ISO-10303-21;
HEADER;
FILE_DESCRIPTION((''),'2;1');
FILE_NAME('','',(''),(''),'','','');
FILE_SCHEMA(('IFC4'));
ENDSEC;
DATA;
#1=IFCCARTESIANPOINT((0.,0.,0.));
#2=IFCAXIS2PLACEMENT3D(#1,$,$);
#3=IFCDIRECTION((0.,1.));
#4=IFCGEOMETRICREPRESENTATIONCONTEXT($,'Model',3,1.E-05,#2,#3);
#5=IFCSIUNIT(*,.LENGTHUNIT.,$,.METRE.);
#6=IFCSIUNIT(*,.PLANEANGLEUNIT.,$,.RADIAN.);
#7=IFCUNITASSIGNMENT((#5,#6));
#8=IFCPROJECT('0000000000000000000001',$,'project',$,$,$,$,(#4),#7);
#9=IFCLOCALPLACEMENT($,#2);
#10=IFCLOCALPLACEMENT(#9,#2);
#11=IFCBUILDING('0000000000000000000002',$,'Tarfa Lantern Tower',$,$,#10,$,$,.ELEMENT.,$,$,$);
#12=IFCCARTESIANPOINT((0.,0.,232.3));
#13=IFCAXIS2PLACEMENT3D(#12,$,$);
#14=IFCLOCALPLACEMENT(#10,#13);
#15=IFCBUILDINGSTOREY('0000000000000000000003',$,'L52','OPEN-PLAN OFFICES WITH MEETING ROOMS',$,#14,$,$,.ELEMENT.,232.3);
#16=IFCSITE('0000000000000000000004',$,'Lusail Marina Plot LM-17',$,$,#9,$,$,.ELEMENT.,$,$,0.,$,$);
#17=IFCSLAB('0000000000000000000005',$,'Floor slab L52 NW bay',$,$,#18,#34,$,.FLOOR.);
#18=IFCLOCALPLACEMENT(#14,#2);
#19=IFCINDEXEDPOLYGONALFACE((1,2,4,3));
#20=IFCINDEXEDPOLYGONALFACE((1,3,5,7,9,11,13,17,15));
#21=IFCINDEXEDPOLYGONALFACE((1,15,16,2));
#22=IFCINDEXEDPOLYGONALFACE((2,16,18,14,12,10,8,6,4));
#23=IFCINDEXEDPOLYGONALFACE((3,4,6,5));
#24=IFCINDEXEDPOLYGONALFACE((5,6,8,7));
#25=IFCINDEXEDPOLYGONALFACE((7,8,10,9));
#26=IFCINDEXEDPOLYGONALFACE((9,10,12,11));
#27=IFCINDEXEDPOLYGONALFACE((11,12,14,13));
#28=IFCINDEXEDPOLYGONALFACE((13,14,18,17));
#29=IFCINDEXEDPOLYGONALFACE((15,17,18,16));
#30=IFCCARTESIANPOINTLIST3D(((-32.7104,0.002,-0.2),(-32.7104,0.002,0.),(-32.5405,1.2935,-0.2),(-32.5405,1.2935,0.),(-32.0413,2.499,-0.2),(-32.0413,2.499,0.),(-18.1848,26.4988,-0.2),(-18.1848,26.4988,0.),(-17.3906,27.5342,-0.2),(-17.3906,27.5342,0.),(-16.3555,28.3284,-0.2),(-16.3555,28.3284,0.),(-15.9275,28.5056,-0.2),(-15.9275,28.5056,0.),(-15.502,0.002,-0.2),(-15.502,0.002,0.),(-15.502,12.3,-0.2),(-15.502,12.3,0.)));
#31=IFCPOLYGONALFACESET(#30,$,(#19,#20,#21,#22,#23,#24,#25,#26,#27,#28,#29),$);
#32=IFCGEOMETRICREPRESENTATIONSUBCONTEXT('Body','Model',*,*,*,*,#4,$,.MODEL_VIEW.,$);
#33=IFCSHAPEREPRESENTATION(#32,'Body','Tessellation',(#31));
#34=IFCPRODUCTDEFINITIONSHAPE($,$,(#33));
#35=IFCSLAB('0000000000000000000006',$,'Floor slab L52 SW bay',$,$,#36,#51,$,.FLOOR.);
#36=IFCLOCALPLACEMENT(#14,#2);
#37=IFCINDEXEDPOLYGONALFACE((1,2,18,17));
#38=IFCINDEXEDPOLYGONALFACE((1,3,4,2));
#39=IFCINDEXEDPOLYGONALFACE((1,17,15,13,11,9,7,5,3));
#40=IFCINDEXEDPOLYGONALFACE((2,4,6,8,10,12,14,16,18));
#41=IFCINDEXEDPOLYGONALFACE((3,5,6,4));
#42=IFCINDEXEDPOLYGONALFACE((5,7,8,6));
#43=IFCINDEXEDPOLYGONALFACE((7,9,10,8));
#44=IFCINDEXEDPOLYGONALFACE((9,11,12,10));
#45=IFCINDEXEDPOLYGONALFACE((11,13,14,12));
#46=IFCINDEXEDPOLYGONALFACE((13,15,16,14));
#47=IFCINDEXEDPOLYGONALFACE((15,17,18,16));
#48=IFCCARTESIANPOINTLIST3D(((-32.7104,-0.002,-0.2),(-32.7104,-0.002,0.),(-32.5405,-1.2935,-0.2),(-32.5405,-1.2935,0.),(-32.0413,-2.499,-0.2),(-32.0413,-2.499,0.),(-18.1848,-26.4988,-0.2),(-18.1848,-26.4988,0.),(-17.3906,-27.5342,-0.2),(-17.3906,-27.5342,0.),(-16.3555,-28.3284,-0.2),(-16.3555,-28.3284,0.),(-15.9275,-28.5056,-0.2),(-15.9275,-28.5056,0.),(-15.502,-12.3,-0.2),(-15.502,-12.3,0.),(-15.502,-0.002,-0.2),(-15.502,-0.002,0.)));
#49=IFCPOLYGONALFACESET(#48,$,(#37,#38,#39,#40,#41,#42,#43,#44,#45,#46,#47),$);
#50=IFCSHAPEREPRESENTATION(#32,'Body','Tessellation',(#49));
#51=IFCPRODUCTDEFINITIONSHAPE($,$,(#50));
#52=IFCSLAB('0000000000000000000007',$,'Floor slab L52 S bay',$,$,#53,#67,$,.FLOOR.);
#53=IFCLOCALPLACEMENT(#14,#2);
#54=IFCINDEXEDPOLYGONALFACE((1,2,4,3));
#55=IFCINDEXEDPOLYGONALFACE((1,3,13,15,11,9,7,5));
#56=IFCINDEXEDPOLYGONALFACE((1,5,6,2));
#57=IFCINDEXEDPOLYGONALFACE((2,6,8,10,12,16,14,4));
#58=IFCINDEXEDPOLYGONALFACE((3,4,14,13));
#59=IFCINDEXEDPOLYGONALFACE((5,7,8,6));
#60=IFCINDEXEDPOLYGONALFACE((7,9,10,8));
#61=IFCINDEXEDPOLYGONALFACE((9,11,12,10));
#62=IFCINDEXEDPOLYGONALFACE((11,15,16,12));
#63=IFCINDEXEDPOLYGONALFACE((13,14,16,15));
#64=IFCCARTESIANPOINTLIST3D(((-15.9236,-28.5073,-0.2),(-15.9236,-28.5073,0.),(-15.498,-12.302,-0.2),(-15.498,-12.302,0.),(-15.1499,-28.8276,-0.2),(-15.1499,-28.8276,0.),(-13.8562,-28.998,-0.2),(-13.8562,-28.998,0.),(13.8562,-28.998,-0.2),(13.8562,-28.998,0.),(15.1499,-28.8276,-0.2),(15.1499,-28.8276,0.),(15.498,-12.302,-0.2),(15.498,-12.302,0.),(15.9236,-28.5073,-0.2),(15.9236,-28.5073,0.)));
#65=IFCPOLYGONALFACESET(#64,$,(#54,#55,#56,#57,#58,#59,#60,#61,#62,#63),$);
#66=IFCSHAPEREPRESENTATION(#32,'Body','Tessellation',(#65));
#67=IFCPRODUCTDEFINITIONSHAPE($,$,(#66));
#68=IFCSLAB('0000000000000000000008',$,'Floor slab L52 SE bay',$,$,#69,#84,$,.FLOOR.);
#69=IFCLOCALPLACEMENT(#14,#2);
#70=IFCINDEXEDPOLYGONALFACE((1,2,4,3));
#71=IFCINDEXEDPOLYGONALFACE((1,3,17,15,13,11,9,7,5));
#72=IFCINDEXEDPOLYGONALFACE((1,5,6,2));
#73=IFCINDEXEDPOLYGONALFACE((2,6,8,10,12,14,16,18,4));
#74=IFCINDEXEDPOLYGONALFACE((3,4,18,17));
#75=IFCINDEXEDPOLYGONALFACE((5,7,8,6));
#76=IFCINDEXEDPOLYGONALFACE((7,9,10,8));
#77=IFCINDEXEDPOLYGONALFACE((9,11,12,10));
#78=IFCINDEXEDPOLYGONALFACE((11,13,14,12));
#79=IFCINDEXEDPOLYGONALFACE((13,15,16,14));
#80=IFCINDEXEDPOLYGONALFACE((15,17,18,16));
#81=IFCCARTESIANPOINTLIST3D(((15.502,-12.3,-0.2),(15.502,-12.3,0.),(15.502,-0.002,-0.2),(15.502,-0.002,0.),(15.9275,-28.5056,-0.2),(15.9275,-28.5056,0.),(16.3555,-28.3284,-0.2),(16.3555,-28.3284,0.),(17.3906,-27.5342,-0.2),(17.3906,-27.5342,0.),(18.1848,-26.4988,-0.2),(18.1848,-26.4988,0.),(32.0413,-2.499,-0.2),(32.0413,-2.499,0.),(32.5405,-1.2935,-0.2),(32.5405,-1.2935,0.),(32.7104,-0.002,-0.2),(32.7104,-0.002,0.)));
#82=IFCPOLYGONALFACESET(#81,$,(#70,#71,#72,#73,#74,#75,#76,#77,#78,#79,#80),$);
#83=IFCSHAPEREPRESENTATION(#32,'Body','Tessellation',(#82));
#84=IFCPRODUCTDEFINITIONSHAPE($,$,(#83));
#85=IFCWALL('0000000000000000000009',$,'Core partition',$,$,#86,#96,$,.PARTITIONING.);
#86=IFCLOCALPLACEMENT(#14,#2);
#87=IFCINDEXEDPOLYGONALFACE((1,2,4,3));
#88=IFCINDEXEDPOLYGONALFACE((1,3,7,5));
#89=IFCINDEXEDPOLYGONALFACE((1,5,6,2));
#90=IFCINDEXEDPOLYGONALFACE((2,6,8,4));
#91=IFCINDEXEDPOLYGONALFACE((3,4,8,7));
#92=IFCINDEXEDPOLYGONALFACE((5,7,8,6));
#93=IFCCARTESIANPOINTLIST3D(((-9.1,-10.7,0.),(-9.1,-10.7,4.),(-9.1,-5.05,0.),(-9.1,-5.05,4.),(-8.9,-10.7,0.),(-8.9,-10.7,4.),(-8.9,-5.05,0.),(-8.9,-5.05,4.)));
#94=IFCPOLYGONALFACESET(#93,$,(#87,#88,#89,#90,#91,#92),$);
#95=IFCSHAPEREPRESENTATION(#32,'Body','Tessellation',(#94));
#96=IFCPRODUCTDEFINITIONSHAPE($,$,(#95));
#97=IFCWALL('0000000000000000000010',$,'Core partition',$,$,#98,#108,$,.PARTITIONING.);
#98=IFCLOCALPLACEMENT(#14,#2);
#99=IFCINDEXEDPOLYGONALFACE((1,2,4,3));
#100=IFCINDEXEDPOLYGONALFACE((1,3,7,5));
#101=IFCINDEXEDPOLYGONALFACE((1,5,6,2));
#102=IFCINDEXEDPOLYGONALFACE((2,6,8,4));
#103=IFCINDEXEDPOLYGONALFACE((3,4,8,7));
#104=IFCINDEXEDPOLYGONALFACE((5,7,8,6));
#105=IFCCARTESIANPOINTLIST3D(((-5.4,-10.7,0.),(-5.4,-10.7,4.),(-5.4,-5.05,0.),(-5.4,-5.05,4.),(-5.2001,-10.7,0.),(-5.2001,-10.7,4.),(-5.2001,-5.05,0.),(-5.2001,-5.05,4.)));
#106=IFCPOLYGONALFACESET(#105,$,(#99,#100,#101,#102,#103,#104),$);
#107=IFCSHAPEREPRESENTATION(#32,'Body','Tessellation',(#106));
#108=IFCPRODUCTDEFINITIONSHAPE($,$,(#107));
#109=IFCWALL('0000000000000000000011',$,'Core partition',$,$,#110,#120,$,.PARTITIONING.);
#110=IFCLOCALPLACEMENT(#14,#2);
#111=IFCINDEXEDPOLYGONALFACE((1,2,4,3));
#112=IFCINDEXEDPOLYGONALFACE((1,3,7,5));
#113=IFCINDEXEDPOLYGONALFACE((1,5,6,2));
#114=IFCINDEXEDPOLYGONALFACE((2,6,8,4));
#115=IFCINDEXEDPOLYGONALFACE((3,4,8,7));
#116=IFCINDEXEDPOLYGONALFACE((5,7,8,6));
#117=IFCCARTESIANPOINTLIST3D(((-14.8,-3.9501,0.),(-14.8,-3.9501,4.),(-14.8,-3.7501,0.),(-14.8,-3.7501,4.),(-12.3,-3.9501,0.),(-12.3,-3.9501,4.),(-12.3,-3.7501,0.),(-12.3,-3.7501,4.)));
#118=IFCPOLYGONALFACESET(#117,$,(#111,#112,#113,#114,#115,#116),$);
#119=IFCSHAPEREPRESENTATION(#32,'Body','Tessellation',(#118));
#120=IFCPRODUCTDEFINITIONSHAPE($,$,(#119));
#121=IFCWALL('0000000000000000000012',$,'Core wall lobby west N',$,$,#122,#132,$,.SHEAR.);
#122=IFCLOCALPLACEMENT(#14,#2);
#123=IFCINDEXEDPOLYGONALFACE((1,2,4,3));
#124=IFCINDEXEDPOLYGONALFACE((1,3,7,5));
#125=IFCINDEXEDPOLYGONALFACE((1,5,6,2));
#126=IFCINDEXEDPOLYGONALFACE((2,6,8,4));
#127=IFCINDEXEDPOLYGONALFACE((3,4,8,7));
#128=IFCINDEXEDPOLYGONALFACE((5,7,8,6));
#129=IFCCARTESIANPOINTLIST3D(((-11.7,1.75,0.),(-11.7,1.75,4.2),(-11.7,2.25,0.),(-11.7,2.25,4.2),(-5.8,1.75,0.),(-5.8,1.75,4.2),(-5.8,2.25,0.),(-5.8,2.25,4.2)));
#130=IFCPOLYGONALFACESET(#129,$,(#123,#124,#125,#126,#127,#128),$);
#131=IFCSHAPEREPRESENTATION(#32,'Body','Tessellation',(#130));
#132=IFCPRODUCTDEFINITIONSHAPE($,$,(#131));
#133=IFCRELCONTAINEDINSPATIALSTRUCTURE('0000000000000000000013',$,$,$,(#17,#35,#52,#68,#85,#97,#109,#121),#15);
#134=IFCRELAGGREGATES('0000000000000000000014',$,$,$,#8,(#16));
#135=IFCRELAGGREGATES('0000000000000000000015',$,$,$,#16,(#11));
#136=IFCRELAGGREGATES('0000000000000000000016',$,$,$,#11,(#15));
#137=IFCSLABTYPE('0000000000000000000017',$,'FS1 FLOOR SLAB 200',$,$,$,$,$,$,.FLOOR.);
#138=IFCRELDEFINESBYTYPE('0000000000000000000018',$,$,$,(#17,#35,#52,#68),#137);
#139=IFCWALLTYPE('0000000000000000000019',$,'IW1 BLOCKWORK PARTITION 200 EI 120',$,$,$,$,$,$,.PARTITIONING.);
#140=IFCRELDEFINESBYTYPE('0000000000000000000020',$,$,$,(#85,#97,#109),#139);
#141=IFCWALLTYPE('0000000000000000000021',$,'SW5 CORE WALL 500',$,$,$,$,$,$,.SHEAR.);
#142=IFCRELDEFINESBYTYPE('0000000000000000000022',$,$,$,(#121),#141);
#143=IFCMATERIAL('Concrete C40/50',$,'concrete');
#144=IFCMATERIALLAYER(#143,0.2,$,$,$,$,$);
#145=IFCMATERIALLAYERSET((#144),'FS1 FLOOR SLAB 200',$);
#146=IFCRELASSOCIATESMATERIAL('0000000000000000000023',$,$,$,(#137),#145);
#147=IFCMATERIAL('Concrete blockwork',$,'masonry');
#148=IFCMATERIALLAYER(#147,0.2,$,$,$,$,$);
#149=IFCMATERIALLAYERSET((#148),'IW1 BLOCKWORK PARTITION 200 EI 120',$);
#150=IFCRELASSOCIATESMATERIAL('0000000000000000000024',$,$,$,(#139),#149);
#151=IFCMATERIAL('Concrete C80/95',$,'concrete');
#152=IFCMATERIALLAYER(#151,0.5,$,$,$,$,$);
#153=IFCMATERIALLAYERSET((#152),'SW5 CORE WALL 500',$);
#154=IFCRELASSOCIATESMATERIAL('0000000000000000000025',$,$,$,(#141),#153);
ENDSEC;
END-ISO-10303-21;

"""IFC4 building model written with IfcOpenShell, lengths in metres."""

from ifc_helpers import new_model, si_unit, direction, frame, frame_2d, origin, place, context, subcontext, project, spatial, polyline, rectangle, outline, extrude, material, layer, layer_set, type_object, element, save


model = new_model("IFC4")

# Units and contexts
model_context = context("Model", 3, precision=1e-05, world=origin(), true_north=direction((0.0, 1.0)))
body_context = subcontext(model_context, "Body", "Model", "MODEL_VIEW")
ifc_project = project(units=[si_unit("LENGTHUNIT", "METRE"), si_unit("PLANEANGLEUNIT", "RADIAN")], contexts=[model_context])

# Site, building, storey
site_placement = place(None, origin())
site = spatial("IfcSite", under=ifc_project, at=site_placement, Name="Lusail Marina Plot LM-17", CompositionType="ELEMENT", RefElevation=0.0)
building_placement = place(site_placement, origin())
building = spatial("IfcBuilding", under=site, at=building_placement, Name="Tarfa Lantern Tower", CompositionType="ELEMENT")
storey_placement = place(building_placement, frame((0.0, 0.0, 232.3)))
storey = spatial("IfcBuildingStorey", under=building, at=storey_placement, Name="L52", Description="OPEN-PLAN OFFICES WITH MEETING ROOMS", CompositionType="ELEMENT", Elevation=232.3)

# Slabs
ifc_material_1 = material(Name="Concrete C40/50", Category="concrete")
ifc_layer_1 = layer(ifc_material_1, 0.2)
ifc_layer_set_1 = layer_set([ifc_layer_1], Name="FS1 FLOOR SLAB 200")
slab_type_1 = type_object("IfcSlabType", Name="FS1 FLOOR SLAB 200", PredefinedType="FLOOR", material=ifc_layer_set_1)
slab_1_placement = place(storey_placement, frame((0.0, 0.0, -0.2)))
element("IfcSlab", 1, at=slab_1_placement, inside=storey, type_object=slab_type_1, Name="Floor slab L52 NW bay", PredefinedType="FLOOR", context=body_context, shape_type="SweptSolid", body=[
    extrude(outline(polyline([(-15.502, 0.002), (-15.502, 12.3), (-15.9275, 28.5056), (-16.3555, 28.3284), (-17.3906, 27.5342), (-18.1848, 26.4988), (-32.0413, 2.499), (-32.5405, 1.2935), (-32.7104, 0.002), (-15.502, 0.002)])), origin(), (0.0, 0.0, 1.0), 0.2),
])
slab_2_placement = place(storey_placement, frame((0.0, 0.0, -0.2)))
element("IfcSlab", 2, at=slab_2_placement, inside=storey, type_object=slab_type_1, Name="Floor slab L52 SW bay", PredefinedType="FLOOR", context=body_context, shape_type="SweptSolid", body=[
    extrude(outline(polyline([(-15.502, -12.3), (-15.502, -0.002), (-32.7104, -0.002), (-32.5405, -1.2935), (-32.0413, -2.499), (-18.1848, -26.4988), (-17.3906, -27.5342), (-16.3555, -28.3284), (-15.9275, -28.5056), (-15.502, -12.3)])), origin(), (0.0, 0.0, 1.0), 0.2),
])
slab_3_placement = place(storey_placement, frame((0.0, 0.0, -0.2)))
element("IfcSlab", 3, at=slab_3_placement, inside=storey, type_object=slab_type_1, Name="Floor slab L52 S bay", PredefinedType="FLOOR", context=body_context, shape_type="SweptSolid", body=[
    extrude(outline(polyline([(15.498, -12.302), (-15.498, -12.302), (-15.9236, -28.5073), (-15.1499, -28.8276), (-13.8562, -28.998), (13.8562, -28.998), (15.1499, -28.8276), (15.9236, -28.5073), (15.498, -12.302)])), origin(), (0.0, 0.0, 1.0), 0.2),
])
slab_4_placement = place(storey_placement, frame((0.0, 0.0, -0.2)))
element("IfcSlab", 4, at=slab_4_placement, inside=storey, type_object=slab_type_1, Name="Floor slab L52 SE bay", PredefinedType="FLOOR", context=body_context, shape_type="SweptSolid", body=[
    extrude(outline(polyline([(15.502, -0.002), (15.502, -12.3), (15.9275, -28.5056), (16.3555, -28.3284), (17.3906, -27.5342), (18.1848, -26.4988), (32.0413, -2.499), (32.5405, -1.2935), (32.7104, -0.002), (15.502, -0.002)])), origin(), (0.0, 0.0, 1.0), 0.2),
])

# Walls
ifc_material_2 = material(Name="Concrete blockwork", Category="masonry")
ifc_layer_2 = layer(ifc_material_2, 0.2)
ifc_layer_set_2 = layer_set([ifc_layer_2], Name="IW1 BLOCKWORK PARTITION 200 EI 120")
wall_type_1 = type_object("IfcWallType", Name="IW1 BLOCKWORK PARTITION 200 EI 120", PredefinedType="PARTITIONING", material=ifc_layer_set_2)
for number, where, z_axis, x_axis, name in (
    (5, (-9.0, -5.05, 0.0), (0.0, 0.0, 1.0), (0.0, -1.0, 0.0), "Core partition"),
    (6, (-5.3, -5.05, 0.0), (0.0, 0.0, 1.0), (0.0, -1.0, 0.0), "Core partition"),
):
    element("IfcWall", number, at=place(storey_placement, frame(where, z_axis=z_axis, x_axis=x_axis)), inside=storey, type_object=wall_type_1, Name=name, PredefinedType="PARTITIONING", context=body_context, shape_type="SweptSolid", body=[
        extrude(rectangle(XDim=5.6499, YDim=0.2, at=frame_2d((2.825, 0.0))), origin(), (0.0, 0.0, 1.0), 4.0),
    ])
wall_1_placement = place(storey_placement, frame((-12.3, -3.8501, 0.0), z_axis=(0.0, 0.0, 1.0), x_axis=(-1.0, 0.0, 0.0)))
element("IfcWall", 7, at=wall_1_placement, inside=storey, type_object=wall_type_1, Name="Core partition", PredefinedType="PARTITIONING", context=body_context, shape_type="SweptSolid", body=[
    extrude(rectangle(XDim=2.5, YDim=0.2, at=frame_2d((1.25, 0.0))), origin(), (0.0, 0.0, 1.0), 4.0),
])
ifc_material_3 = material(Name="Concrete C80/95", Category="concrete")
ifc_layer_3 = layer(ifc_material_3, 0.5)
ifc_layer_set_3 = layer_set([ifc_layer_3], Name="SW5 CORE WALL 500")
wall_type_2 = type_object("IfcWallType", Name="SW5 CORE WALL 500", PredefinedType="SHEAR", material=ifc_layer_set_3)
wall_2_placement = place(storey_placement, frame((-11.7, 2.0, 0.0), z_axis=(0.0, 0.0, 1.0), x_axis=(1.0, 0.0, 0.0)))
element("IfcWall", 8, at=wall_2_placement, inside=storey, type_object=wall_type_2, Name="Core wall lobby west N", PredefinedType="SHEAR", context=body_context, shape_type="SweptSolid", body=[
    extrude(rectangle(XDim=5.8999, YDim=0.5, at=frame_2d((2.95, 0.0))), origin(), (0.0, 0.0, 1.0), 4.2),
])

save(model, "model.ifc")
